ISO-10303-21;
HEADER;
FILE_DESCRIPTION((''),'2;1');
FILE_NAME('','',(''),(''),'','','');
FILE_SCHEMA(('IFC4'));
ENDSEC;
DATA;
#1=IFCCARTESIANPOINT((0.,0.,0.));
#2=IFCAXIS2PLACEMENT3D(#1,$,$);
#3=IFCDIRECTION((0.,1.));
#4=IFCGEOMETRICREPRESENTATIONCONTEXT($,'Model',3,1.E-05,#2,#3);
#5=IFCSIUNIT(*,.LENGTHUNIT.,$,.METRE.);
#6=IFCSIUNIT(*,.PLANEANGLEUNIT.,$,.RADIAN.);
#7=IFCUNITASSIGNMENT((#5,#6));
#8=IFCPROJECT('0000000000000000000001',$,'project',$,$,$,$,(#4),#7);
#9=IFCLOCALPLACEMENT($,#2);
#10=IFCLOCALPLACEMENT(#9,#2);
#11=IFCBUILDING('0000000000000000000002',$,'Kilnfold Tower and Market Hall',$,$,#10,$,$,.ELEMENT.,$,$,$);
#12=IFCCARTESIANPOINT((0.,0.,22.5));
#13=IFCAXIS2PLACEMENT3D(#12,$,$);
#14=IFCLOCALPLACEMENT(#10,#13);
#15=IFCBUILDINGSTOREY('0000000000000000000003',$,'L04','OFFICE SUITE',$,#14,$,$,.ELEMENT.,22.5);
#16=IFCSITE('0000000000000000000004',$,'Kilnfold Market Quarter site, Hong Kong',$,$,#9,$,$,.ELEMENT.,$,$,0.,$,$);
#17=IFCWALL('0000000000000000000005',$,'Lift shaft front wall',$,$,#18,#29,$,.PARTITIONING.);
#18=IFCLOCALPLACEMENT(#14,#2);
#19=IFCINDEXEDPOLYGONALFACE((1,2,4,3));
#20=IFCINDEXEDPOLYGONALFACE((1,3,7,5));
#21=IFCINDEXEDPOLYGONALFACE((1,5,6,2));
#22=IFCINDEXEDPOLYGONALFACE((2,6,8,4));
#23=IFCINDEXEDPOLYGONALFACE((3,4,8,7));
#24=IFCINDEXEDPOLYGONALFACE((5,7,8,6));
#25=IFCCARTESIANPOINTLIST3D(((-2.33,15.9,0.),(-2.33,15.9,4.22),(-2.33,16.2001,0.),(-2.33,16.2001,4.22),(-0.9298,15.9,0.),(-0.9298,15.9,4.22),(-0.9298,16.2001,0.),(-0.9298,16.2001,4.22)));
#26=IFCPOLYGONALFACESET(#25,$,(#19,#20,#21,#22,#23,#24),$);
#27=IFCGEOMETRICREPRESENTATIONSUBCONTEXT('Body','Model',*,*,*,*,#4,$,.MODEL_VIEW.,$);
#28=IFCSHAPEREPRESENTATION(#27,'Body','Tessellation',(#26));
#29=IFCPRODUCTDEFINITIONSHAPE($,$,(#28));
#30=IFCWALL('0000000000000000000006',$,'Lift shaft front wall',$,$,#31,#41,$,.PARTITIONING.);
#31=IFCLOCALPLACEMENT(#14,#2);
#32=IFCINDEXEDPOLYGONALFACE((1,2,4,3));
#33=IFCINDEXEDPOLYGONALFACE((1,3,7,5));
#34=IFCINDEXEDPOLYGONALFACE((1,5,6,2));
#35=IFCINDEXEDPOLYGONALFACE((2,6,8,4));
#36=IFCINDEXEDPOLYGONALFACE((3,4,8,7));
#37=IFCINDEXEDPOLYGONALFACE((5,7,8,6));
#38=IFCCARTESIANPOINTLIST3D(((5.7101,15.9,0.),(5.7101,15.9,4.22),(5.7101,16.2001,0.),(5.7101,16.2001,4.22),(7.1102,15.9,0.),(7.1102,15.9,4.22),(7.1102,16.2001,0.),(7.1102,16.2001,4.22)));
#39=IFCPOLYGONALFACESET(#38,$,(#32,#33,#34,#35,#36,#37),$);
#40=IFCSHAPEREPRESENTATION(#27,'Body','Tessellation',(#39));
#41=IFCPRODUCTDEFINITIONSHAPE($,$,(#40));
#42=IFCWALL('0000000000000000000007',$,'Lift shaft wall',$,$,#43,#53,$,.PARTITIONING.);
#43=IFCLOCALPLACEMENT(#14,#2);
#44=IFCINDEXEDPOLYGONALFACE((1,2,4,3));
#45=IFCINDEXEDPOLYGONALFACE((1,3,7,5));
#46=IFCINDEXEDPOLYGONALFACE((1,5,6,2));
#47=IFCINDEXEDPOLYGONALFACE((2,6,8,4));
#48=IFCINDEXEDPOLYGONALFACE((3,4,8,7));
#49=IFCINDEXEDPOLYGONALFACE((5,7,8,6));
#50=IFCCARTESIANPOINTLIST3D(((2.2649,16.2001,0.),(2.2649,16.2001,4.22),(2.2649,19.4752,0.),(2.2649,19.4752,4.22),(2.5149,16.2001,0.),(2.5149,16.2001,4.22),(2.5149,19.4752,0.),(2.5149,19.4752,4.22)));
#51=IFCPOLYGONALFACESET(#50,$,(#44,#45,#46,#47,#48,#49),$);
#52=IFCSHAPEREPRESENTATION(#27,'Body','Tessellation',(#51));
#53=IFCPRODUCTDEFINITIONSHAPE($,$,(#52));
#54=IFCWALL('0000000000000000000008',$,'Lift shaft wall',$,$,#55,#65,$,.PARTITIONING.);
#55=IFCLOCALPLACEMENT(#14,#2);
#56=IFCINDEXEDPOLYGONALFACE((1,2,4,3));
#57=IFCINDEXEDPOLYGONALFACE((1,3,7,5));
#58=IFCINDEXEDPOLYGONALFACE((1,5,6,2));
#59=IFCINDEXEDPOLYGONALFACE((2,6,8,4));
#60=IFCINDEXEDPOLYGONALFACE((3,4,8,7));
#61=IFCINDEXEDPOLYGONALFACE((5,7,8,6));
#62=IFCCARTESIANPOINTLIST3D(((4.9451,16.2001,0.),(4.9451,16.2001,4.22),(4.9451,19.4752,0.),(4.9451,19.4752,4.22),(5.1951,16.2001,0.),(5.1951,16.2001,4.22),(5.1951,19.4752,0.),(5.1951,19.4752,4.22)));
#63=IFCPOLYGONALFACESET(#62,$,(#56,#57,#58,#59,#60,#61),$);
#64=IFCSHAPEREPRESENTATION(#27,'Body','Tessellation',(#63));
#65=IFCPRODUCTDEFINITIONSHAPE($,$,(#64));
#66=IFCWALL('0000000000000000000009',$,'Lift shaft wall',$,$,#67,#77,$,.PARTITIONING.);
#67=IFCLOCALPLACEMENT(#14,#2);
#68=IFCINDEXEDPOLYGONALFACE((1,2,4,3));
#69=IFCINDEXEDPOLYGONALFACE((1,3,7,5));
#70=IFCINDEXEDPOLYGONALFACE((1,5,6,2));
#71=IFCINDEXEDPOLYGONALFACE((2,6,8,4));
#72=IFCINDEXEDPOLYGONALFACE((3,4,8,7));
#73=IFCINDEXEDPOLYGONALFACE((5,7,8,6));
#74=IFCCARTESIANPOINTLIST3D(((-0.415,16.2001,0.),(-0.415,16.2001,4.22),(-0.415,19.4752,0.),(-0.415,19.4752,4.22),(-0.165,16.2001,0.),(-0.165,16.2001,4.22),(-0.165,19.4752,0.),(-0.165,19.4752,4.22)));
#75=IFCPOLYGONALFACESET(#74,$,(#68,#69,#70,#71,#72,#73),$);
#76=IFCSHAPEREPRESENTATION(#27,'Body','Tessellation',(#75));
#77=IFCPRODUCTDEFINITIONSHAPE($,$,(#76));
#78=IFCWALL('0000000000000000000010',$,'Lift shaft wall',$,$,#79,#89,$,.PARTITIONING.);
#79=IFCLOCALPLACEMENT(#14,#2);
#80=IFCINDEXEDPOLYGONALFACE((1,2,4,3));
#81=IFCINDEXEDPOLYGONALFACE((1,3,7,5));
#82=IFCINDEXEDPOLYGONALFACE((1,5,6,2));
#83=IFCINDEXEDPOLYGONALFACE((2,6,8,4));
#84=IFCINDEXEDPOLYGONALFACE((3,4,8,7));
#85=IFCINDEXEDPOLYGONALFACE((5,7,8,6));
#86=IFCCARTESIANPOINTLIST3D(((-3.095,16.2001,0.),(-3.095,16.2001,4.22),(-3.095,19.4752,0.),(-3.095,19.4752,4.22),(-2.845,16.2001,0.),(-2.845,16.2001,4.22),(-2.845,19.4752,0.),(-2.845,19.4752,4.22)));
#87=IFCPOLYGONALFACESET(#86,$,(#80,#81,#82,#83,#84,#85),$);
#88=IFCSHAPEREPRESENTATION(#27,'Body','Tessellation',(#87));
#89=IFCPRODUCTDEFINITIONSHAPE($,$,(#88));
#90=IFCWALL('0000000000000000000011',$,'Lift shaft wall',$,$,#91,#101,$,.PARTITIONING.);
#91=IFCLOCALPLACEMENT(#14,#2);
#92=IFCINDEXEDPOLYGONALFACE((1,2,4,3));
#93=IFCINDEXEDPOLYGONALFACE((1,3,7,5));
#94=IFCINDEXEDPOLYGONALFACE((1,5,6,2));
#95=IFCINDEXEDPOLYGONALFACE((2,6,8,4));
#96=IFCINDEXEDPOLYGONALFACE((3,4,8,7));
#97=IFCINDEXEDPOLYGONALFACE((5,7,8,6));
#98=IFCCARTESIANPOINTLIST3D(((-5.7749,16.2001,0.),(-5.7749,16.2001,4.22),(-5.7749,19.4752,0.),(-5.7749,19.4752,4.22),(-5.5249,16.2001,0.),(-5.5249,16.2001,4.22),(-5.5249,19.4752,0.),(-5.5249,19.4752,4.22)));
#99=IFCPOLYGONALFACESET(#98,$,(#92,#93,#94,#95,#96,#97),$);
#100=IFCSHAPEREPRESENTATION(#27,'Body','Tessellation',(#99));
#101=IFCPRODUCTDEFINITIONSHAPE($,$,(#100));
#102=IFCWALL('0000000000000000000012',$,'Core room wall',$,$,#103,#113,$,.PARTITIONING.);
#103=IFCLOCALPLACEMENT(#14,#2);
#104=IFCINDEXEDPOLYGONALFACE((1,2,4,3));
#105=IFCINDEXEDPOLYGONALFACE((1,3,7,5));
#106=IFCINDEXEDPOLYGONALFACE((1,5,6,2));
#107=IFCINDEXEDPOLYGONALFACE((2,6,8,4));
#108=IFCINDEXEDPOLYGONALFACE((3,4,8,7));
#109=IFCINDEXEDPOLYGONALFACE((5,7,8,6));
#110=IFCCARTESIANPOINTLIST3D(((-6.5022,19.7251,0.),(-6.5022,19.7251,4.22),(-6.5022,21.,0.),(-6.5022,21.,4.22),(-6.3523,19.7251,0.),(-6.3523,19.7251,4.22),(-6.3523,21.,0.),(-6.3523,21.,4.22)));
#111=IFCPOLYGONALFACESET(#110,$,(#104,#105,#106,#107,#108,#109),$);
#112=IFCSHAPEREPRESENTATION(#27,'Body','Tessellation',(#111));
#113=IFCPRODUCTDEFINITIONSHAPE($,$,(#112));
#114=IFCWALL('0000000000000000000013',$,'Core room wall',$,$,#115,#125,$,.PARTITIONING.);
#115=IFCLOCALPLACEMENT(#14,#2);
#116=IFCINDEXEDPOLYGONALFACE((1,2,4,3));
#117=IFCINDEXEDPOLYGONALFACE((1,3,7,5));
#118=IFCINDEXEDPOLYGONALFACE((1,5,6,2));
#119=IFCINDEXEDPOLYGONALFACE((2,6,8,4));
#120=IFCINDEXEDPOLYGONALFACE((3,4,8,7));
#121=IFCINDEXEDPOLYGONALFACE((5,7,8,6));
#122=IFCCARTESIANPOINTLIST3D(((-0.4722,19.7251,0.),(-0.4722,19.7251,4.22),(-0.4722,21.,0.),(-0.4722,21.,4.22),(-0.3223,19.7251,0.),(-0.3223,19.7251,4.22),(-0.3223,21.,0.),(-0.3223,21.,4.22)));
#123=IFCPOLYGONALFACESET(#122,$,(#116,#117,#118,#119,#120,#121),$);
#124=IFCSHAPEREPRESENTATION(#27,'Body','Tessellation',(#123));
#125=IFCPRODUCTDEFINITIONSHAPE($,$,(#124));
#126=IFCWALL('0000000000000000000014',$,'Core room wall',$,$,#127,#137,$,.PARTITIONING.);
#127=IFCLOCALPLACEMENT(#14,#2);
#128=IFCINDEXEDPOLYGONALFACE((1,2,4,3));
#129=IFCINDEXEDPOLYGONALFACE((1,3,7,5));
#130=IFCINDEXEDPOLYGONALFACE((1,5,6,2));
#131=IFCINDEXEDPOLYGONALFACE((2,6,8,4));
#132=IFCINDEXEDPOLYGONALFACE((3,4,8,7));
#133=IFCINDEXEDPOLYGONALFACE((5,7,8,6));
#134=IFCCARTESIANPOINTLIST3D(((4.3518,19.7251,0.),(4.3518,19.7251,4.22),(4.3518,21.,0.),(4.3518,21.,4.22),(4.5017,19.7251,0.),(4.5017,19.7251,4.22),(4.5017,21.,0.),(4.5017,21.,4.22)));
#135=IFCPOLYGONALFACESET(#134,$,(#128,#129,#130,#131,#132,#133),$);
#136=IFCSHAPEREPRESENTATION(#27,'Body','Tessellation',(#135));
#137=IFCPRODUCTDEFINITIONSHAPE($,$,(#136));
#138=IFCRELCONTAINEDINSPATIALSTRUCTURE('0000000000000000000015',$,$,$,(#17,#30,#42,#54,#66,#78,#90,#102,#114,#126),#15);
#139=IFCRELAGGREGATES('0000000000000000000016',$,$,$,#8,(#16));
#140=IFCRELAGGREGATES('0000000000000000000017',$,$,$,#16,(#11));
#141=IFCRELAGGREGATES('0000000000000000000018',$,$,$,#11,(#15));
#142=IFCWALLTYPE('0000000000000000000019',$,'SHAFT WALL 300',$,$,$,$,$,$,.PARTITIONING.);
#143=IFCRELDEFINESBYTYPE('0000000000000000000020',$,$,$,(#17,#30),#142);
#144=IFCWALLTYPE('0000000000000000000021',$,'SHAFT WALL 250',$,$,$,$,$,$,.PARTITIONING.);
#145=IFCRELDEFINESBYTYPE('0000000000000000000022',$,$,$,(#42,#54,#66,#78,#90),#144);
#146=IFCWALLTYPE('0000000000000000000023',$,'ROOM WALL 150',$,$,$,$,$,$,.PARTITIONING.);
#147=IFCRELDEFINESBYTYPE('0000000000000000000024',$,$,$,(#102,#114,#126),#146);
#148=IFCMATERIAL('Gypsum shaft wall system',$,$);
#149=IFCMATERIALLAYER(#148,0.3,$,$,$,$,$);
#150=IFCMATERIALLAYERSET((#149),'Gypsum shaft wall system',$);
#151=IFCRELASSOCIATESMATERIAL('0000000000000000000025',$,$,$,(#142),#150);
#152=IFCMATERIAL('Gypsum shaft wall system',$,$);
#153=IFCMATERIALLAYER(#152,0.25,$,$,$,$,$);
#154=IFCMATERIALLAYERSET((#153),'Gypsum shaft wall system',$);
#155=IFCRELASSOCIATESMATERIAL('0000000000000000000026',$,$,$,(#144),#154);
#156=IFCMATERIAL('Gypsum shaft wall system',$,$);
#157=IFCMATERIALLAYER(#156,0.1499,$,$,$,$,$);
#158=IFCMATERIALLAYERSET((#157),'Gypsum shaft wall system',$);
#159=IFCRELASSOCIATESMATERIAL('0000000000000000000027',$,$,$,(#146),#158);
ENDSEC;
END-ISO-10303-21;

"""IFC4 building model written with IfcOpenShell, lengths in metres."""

from ifc_helpers import new_model, si_unit, direction, frame, frame_2d, origin, place, context, subcontext, project, spatial, rectangle, extrude, source, transform, mapped, material, layer, layer_set, type_object, element, save


model = new_model("IFC4")

# Units and contexts
model_context = context("Model", 3, precision=1e-05, world=origin(), true_north=direction((0.0, 1.0)))
body_context = subcontext(model_context, "Body", "Model", "MODEL_VIEW")
ifc_project = project(units=[si_unit("LENGTHUNIT", "METRE"), si_unit("PLANEANGLEUNIT", "RADIAN")], contexts=[model_context])

# Site, building, storey
site_placement = place(None, origin())
site = spatial("IfcSite", under=ifc_project, at=site_placement, Name="Kilnfold Market Quarter site, Hong Kong", CompositionType="ELEMENT", RefElevation=0.0)
building_placement = place(site_placement, origin())
building = spatial("IfcBuilding", under=site, at=building_placement, Name="Kilnfold Tower and Market Hall", CompositionType="ELEMENT")
storey_placement = place(building_placement, frame((0.0, 0.0, 22.5)))
storey = spatial("IfcBuildingStorey", under=building, at=storey_placement, Name="L04", Description="OFFICE SUITE", CompositionType="ELEMENT", Elevation=22.5)

# Walls
ifc_material_1 = material(Name="Gypsum shaft wall system")
ifc_layer_1 = layer(ifc_material_1, 0.3)
ifc_layer_set_1 = layer_set([ifc_layer_1], Name="Gypsum shaft wall system")
wall_type_1 = type_object("IfcWallType", Name="SHAFT WALL 300", PredefinedType="PARTITIONING", material=ifc_layer_set_1)
shared_shape_1 = source(origin(), body_context, "Body", "SweptSolid", [
    extrude(rectangle(XDim=1.4001, YDim=0.3, at=frame_2d((0.7002, 0.0))), origin(), (0.0, 0.0, 1.0), 4.22),
])
for number, where, z_axis, x_axis, name in (
    (1, (-2.3301, 16.05, 0.0), (0.0, 0.0, 1.0), (1.0, 0.0, 0.0), "Lift shaft front wall"),
    (2, (5.71, 16.05, 0.0), (0.0, 0.0, 1.0), (1.0, 0.0, 0.0), "Lift shaft front wall"),
):
    element("IfcWall", number, at=place(storey_placement, frame(where, z_axis=z_axis, x_axis=x_axis)), inside=storey, type_object=wall_type_1, Name=name, PredefinedType="PARTITIONING", context=body_context, shape_type="MappedRepresentation", body=[
        mapped(shared_shape_1, transform((0.0, 0.0, 0.0))),
    ])
ifc_material_2 = material(Name="Gypsum shaft wall system")
ifc_layer_2 = layer(ifc_material_2, 0.25)
ifc_layer_set_2 = layer_set([ifc_layer_2], Name="Gypsum shaft wall system")
wall_type_2 = type_object("IfcWallType", Name="SHAFT WALL 250", PredefinedType="PARTITIONING", material=ifc_layer_set_2)
shared_shape_2 = source(origin(), body_context, "Body", "SweptSolid", [
    extrude(rectangle(XDim=3.2751, YDim=0.25, at=frame_2d((1.6377, 0.0))), origin(), (0.0, 0.0, 1.0), 4.22),
])
for number, where, z_axis, x_axis, name in (
    (3, (2.3899, 16.2, 0.0), (0.0, 0.0, 1.0), (0.0, 1.0, 0.0), "Lift shaft wall"),
    (4, (5.0701, 16.2, 0.0), (0.0, 0.0, 1.0), (0.0, 1.0, 0.0), "Lift shaft wall"),
    (5, (-0.29, 16.2, 0.0), (0.0, 0.0, 1.0), (0.0, 1.0, 0.0), "Lift shaft wall"),
    (6, (-2.97, 16.2, 0.0), (0.0, 0.0, 1.0), (0.0, 1.0, 0.0), "Lift shaft wall"),
    (7, (-5.6499, 16.2, 0.0), (0.0, 0.0, 1.0), (0.0, 1.0, 0.0), "Lift shaft wall"),
):
    element("IfcWall", number, at=place(storey_placement, frame(where, z_axis=z_axis, x_axis=x_axis)), inside=storey, type_object=wall_type_2, Name=name, PredefinedType="PARTITIONING", context=body_context, shape_type="MappedRepresentation", body=[
        mapped(shared_shape_2, transform((0.0, 0.0, 0.0))),
    ])
ifc_material_3 = material(Name="Gypsum shaft wall system")
ifc_layer_3 = layer(ifc_material_3, 0.1499)
ifc_layer_set_3 = layer_set([ifc_layer_3], Name="Gypsum shaft wall system")
wall_type_3 = type_object("IfcWallType", Name="ROOM WALL 150", PredefinedType="PARTITIONING", material=ifc_layer_set_3)
shared_shape_3 = source(origin(), body_context, "Body", "SweptSolid", [
    extrude(rectangle(XDim=1.2749, YDim=0.1499, at=frame_2d((0.6375, 0.0))), origin(), (0.0, 0.0, 1.0), 4.22),
])
for number, where, z_axis, x_axis, name in (
    (8, (-6.4272, 19.7251, 0.0), (0.0, 0.0, 1.0), (0.0, 1.0, 0.0), "Core room wall"),
    (9, (-0.3972, 19.7251, 0.0), (0.0, 0.0, 1.0), (0.0, 1.0, 0.0), "Core room wall"),
    (10, (4.4268, 19.7251, 0.0), (0.0, 0.0, 1.0), (0.0, 1.0, 0.0), "Core room wall"),
):
    element("IfcWall", number, at=place(storey_placement, frame(where, z_axis=z_axis, x_axis=x_axis)), inside=storey, type_object=wall_type_3, Name=name, PredefinedType="PARTITIONING", context=body_context, shape_type="MappedRepresentation", body=[
        mapped(shared_shape_3, transform((0.0, 0.0, 0.0))),
    ])

save(model, "model.ifc")
